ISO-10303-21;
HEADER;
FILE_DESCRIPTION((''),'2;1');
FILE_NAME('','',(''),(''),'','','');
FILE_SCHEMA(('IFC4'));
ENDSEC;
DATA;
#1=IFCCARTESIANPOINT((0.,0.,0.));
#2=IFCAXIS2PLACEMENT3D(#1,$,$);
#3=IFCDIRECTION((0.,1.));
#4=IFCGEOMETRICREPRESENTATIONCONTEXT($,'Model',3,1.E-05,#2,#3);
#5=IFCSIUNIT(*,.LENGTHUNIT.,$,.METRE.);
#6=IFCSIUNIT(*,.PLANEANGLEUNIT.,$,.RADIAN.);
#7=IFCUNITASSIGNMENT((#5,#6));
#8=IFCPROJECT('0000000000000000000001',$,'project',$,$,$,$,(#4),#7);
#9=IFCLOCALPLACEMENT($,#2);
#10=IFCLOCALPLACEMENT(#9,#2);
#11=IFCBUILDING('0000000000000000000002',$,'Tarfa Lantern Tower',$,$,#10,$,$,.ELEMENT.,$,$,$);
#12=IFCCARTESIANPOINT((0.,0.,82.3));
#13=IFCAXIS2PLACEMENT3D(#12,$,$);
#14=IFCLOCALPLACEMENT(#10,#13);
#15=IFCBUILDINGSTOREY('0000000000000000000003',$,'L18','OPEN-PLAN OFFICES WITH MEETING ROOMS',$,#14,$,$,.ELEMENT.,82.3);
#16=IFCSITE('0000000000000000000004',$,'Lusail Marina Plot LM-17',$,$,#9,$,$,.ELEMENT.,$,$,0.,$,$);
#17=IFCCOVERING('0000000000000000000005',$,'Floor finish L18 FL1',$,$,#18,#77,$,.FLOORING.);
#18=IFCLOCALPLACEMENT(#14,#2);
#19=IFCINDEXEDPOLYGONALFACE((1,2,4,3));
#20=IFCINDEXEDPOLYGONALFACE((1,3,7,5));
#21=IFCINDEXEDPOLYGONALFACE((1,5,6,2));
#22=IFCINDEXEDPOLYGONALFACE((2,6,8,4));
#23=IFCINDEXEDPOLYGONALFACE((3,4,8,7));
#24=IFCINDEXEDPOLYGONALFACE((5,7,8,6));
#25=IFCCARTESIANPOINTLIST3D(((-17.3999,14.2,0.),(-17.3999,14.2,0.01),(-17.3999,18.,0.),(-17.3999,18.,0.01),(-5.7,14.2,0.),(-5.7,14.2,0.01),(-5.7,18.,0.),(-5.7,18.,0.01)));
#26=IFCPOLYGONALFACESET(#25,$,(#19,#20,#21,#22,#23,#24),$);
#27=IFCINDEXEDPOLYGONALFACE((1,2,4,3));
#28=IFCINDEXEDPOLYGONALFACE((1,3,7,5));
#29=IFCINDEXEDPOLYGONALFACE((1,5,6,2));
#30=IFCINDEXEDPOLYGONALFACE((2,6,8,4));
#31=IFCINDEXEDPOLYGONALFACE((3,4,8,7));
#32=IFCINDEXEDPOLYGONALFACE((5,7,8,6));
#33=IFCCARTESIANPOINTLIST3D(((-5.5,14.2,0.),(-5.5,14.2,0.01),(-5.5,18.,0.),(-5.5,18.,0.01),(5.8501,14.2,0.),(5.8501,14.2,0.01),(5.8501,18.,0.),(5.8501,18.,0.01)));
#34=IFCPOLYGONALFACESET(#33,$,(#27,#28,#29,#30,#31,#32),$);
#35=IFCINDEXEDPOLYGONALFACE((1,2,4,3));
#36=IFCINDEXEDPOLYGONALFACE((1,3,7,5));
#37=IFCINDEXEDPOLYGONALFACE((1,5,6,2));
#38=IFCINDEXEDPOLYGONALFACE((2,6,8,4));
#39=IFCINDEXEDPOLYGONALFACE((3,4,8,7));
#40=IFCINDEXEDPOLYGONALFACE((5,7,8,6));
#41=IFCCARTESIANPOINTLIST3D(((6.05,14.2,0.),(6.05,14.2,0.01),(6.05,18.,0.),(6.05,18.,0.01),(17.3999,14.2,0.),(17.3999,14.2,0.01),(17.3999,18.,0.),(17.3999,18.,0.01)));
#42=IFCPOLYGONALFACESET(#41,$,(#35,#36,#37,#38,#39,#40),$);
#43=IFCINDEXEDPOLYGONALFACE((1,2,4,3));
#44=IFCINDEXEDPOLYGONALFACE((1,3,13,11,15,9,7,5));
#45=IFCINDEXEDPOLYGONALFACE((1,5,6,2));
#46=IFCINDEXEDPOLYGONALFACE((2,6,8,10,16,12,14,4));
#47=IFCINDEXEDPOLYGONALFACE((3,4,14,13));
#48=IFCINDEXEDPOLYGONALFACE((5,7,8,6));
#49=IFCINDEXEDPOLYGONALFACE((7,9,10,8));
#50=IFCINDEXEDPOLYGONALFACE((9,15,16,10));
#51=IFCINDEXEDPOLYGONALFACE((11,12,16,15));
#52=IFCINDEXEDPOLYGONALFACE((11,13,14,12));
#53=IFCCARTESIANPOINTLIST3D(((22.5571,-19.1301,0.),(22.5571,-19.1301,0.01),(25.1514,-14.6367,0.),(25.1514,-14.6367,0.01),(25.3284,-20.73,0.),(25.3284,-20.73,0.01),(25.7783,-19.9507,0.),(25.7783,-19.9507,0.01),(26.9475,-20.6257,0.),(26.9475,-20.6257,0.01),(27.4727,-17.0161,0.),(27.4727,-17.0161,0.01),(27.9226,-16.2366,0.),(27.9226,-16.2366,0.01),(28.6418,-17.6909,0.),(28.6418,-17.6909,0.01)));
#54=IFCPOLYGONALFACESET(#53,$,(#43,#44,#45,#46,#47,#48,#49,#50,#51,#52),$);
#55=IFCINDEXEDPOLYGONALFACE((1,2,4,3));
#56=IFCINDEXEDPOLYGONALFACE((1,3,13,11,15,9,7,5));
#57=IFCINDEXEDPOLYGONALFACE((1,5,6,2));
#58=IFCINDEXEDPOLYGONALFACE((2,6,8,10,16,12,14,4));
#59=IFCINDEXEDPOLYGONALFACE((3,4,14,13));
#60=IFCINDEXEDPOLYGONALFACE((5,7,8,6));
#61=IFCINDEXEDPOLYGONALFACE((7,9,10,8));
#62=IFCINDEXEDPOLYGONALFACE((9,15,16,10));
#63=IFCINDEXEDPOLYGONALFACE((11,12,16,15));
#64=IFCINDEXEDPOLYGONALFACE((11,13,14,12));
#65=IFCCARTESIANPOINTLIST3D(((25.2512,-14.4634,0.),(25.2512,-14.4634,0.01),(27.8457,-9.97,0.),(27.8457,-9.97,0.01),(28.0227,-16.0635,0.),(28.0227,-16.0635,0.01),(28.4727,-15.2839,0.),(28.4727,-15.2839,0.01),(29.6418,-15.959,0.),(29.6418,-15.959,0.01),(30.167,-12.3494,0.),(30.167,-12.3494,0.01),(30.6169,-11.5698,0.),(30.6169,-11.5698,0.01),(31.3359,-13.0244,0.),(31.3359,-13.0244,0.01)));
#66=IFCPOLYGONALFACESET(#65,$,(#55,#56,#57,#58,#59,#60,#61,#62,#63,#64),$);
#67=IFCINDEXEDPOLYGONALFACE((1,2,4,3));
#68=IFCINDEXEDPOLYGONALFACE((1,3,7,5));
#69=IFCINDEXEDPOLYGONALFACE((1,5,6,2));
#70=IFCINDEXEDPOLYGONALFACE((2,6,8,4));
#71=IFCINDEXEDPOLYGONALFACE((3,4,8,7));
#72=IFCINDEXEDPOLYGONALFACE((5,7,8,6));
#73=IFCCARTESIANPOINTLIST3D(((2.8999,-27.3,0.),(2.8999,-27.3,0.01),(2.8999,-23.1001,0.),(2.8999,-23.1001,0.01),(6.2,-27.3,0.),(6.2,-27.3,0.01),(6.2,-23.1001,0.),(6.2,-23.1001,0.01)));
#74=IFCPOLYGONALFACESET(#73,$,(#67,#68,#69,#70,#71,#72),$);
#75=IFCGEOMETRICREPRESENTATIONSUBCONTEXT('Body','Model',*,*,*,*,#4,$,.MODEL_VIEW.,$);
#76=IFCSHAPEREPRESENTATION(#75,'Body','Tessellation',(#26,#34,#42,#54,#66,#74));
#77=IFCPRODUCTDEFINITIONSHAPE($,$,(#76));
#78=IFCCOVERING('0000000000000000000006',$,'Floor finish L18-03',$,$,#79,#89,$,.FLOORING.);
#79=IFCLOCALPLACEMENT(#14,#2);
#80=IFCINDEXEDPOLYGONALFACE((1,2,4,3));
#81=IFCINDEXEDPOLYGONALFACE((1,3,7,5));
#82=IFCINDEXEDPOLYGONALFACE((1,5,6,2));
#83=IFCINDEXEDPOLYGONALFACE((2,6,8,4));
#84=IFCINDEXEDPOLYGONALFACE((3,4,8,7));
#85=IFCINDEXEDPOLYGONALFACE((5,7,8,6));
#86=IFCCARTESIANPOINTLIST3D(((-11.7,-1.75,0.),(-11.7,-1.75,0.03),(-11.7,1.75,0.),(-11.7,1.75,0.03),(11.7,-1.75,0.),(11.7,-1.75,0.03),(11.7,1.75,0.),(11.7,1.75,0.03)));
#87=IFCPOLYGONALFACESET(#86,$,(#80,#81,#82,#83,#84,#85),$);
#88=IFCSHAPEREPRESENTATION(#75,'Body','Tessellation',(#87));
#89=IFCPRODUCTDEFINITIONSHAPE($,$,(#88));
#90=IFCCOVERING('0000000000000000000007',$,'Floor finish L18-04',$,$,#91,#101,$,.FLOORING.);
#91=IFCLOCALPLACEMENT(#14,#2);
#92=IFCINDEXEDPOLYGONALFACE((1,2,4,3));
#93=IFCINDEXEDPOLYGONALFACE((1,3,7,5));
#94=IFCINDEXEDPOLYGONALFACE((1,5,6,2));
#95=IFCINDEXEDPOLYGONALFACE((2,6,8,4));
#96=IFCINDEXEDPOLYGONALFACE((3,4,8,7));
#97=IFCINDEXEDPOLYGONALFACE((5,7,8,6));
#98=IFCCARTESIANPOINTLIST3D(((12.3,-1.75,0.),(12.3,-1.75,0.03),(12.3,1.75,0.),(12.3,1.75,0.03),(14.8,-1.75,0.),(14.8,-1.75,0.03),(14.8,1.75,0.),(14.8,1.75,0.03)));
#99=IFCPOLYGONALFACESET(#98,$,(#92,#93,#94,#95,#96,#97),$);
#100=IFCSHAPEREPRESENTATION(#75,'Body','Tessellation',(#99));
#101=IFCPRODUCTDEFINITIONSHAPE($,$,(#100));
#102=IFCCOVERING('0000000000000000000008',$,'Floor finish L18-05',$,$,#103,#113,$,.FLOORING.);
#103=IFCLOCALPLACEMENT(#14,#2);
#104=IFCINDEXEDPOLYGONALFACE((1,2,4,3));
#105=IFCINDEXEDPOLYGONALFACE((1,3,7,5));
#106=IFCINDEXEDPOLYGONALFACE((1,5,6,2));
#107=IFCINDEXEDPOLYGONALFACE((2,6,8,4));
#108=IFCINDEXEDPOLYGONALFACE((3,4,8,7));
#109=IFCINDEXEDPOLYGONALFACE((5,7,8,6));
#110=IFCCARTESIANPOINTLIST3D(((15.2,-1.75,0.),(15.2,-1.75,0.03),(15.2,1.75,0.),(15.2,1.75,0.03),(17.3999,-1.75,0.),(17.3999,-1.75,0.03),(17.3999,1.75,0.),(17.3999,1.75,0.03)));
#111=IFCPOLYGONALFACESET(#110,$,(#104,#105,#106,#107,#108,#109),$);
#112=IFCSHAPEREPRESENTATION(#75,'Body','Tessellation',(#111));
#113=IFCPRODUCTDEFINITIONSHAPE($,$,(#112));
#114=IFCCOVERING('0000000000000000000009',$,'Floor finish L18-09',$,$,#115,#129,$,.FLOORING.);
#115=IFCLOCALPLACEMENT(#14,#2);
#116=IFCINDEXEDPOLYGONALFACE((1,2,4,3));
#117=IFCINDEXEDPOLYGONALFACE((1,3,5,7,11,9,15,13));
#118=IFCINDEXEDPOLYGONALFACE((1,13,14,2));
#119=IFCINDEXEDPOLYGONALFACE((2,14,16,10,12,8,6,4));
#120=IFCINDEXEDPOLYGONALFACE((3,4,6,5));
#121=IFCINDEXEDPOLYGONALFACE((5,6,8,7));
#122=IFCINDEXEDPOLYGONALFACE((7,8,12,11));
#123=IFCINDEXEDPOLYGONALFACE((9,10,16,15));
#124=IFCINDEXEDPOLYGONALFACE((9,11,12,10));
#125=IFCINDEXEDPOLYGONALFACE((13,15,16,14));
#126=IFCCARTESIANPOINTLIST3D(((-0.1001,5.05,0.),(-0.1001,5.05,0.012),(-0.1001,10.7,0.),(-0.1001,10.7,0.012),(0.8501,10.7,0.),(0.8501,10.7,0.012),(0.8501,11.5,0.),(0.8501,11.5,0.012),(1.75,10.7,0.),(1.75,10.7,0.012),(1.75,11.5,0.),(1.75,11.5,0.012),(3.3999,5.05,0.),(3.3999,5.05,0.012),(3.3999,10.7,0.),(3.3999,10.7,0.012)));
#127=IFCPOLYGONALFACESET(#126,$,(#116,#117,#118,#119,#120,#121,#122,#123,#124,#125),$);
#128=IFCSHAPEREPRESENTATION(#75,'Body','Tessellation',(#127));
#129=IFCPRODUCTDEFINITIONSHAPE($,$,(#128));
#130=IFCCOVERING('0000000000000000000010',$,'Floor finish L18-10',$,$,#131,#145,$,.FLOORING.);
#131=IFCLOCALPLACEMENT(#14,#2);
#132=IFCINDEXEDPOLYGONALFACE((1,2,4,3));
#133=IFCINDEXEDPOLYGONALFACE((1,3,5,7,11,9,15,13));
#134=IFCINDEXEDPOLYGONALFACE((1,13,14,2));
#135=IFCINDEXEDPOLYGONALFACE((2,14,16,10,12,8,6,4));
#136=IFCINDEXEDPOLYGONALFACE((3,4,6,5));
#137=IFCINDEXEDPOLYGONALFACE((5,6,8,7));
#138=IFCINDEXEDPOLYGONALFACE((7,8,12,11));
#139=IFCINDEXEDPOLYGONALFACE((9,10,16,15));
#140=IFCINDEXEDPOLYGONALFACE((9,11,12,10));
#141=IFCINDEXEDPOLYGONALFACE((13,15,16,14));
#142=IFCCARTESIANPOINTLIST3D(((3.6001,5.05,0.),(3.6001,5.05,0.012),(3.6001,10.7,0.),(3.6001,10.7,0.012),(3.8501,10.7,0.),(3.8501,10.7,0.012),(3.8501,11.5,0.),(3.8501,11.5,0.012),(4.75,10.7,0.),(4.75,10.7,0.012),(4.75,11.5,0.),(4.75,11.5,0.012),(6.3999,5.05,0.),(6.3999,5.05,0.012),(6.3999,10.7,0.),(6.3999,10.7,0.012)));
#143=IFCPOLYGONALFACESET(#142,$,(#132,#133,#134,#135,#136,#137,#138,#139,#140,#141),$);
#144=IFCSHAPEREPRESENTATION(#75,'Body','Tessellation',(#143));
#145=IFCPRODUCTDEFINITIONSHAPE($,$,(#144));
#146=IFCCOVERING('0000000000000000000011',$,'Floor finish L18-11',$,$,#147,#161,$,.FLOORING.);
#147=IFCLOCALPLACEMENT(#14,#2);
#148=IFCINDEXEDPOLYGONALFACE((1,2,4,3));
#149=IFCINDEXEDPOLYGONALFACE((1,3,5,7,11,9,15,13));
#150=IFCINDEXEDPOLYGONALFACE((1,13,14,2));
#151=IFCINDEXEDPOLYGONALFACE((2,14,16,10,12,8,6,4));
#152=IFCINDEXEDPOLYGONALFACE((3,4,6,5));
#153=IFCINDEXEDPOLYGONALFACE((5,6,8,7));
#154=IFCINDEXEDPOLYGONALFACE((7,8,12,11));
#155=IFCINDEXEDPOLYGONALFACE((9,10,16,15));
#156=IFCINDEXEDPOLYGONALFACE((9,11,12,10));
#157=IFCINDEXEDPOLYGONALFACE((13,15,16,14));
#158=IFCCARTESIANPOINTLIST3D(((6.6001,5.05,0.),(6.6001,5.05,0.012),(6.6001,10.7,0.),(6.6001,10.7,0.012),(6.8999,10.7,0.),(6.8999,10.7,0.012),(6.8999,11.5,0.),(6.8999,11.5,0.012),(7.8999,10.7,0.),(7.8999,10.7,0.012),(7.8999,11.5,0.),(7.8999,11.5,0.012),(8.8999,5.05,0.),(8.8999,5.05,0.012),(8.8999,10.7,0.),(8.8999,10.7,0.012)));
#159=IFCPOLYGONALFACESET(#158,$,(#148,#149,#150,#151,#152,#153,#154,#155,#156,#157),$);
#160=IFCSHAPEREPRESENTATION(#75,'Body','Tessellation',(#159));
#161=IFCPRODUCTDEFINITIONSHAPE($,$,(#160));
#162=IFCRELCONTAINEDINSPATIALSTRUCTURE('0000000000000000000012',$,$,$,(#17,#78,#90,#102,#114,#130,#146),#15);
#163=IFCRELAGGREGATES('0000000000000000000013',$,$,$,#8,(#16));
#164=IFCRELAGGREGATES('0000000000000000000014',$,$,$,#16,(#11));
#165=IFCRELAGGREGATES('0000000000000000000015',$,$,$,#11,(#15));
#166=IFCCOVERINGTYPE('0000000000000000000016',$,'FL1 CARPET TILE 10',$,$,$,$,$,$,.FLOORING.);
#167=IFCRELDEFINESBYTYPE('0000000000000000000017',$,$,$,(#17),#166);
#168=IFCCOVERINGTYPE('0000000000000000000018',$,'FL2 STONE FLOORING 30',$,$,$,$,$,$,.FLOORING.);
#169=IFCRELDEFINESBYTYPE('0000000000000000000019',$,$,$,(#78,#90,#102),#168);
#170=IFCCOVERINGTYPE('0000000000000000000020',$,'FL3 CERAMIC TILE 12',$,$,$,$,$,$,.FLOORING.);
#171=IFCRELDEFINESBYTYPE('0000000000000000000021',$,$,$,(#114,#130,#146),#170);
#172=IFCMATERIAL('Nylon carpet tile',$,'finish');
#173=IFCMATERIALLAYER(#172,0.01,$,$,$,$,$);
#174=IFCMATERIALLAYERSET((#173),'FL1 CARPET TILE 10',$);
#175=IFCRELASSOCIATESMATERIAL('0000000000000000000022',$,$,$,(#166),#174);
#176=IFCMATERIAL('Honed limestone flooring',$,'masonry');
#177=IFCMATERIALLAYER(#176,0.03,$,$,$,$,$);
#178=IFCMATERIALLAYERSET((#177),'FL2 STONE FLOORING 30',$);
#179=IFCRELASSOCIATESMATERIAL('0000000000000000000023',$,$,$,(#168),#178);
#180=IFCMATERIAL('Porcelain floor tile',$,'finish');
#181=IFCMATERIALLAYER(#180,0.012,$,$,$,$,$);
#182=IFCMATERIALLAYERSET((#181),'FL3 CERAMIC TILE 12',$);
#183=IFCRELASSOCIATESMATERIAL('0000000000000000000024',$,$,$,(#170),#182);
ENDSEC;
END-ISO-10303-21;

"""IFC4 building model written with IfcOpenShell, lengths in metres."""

from ifc_helpers import new_model, si_unit, direction, frame, origin, place, context, subcontext, project, spatial, polyline, outline, extrude, material, layer, layer_set, type_object, element, save


model = new_model("IFC4")

# Units and contexts
model_context = context("Model", 3, precision=1e-05, world=origin(), true_north=direction((0.0, 1.0)))
body_context = subcontext(model_context, "Body", "Model", "MODEL_VIEW")
ifc_project = project(units=[si_unit("LENGTHUNIT", "METRE"), si_unit("PLANEANGLEUNIT", "RADIAN")], contexts=[model_context])

# Site, building, storey
site_placement = place(None, origin())
site = spatial("IfcSite", under=ifc_project, at=site_placement, Name="Lusail Marina Plot LM-17", CompositionType="ELEMENT", RefElevation=0.0)
building_placement = place(site_placement, origin())
building = spatial("IfcBuilding", under=site, at=building_placement, Name="Tarfa Lantern Tower", CompositionType="ELEMENT")
storey_placement = place(building_placement, frame((0.0, 0.0, 82.3)))
storey = spatial("IfcBuildingStorey", under=building, at=storey_placement, Name="L18", Description="OPEN-PLAN OFFICES WITH MEETING ROOMS", CompositionType="ELEMENT", Elevation=82.3)

# Coverings
ifc_material_1 = material(Name="Nylon carpet tile", Category="finish")
ifc_layer_1 = layer(ifc_material_1, 0.01)
ifc_layer_set_1 = layer_set([ifc_layer_1], Name="FL1 CARPET TILE 10")
covering_type_1 = type_object("IfcCoveringType", Name="FL1 CARPET TILE 10", PredefinedType="FLOORING", material=ifc_layer_set_1)
covering_1_placement = place(storey_placement, origin())
element("IfcCovering", 1, at=covering_1_placement, inside=storey, type_object=covering_type_1, Name="Floor finish L18 FL1", PredefinedType="FLOORING", context=body_context, shape_type="SweptSolid", body=[
    extrude(outline(polyline([(-17.3999, 18.0), (-5.7, 18.0), (-5.7, 14.2), (-17.3999, 14.2), (-17.3999, 18.0)])), origin(), (0.0, 0.0, 1.0), 0.01),
    extrude(outline(polyline([(-5.5, 18.0), (5.8501, 18.0), (5.8501, 14.2), (-5.5, 14.2), (-5.5, 18.0)])), origin(), (0.0, 0.0, 1.0), 0.01),
    extrude(outline(polyline([(6.05, 18.0), (17.3999, 18.0), (17.3999, 14.2), (6.05, 14.2), (6.05, 18.0)])), origin(), (0.0, 0.0, 1.0), 0.01),
    extrude(outline(polyline([(25.1514, -14.6367), (27.9226, -16.2366), (27.4727, -17.0161), (28.6418, -17.6909), (26.9475, -20.6257), (25.7783, -19.9507), (25.3284, -20.73), (22.5571, -19.1301), (25.1514, -14.6367)])), origin(), (0.0, 0.0, 1.0), 0.01),
    extrude(outline(polyline([(27.8457, -9.97), (30.6169, -11.5698), (30.167, -12.3494), (31.3359, -13.0244), (29.6418, -15.959), (28.4727, -15.2839), (28.0227, -16.0635), (25.2512, -14.4634), (27.8457, -9.97)])), origin(), (0.0, 0.0, 1.0), 0.01),
    extrude(outline(polyline([(6.2, -27.3), (2.8999, -27.3), (2.8999, -23.1001), (6.2, -23.1001), (6.2, -27.3)])), origin(), (0.0, 0.0, 1.0), 0.01),
])
ifc_material_2 = material(Name="Honed limestone flooring", Category="masonry")
ifc_layer_2 = layer(ifc_material_2, 0.03)
ifc_layer_set_2 = layer_set([ifc_layer_2], Name="FL2 STONE FLOORING 30")
covering_type_2 = type_object("IfcCoveringType", Name="FL2 STONE FLOORING 30", PredefinedType="FLOORING", material=ifc_layer_set_2)
covering_2_placement = place(storey_placement, origin())
element("IfcCovering", 2, at=covering_2_placement, inside=storey, type_object=covering_type_2, Name="Floor finish L18-03", PredefinedType="FLOORING", context=body_context, shape_type="SweptSolid", body=[
    extrude(outline(polyline([(-11.7, -1.75), (11.7, -1.75), (11.7, 1.75), (-11.7, 1.75), (-11.7, -1.75)])), origin(), (0.0, 0.0, 1.0), 0.03),
])
covering_3_placement = place(storey_placement, origin())
element("IfcCovering", 3, at=covering_3_placement, inside=storey, type_object=covering_type_2, Name="Floor finish L18-04", PredefinedType="FLOORING", context=body_context, shape_type="SweptSolid", body=[
    extrude(outline(polyline([(12.3, -1.75), (14.8, -1.75), (14.8, 1.75), (12.3, 1.75), (12.3, -1.75)])), origin(), (0.0, 0.0, 1.0), 0.03),
])
covering_4_placement = place(storey_placement, origin())
element("IfcCovering", 4, at=covering_4_placement, inside=storey, type_object=covering_type_2, Name="Floor finish L18-05", PredefinedType="FLOORING", context=body_context, shape_type="SweptSolid", body=[
    extrude(outline(polyline([(15.2, -1.75), (17.3999, -1.75), (17.3999, 1.75), (15.2, 1.75), (15.2, -1.75)])), origin(), (0.0, 0.0, 1.0), 0.03),
])
ifc_material_3 = material(Name="Porcelain floor tile", Category="finish")
ifc_layer_3 = layer(ifc_material_3, 0.012)
ifc_layer_set_3 = layer_set([ifc_layer_3], Name="FL3 CERAMIC TILE 12")
covering_type_3 = type_object("IfcCoveringType", Name="FL3 CERAMIC TILE 12", PredefinedType="FLOORING", material=ifc_layer_set_3)
covering_5_placement = place(storey_placement, origin())
element("IfcCovering", 5, at=covering_5_placement, inside=storey, type_object=covering_type_3, Name="Floor finish L18-09", PredefinedType="FLOORING", context=body_context, shape_type="SweptSolid", body=[
    extrude(outline(polyline([(0.8501, 10.7), (-0.1001, 10.7), (-0.1001, 5.05), (3.3999, 5.05), (3.3999, 10.7), (1.75, 10.7), (1.75, 11.5), (0.8501, 11.5), (0.8501, 11.5), (0.8501, 10.7)])), origin(), (0.0, 0.0, 1.0), 0.012),
])
covering_6_placement = place(storey_placement, origin())
element("IfcCovering", 6, at=covering_6_placement, inside=storey, type_object=covering_type_3, Name="Floor finish L18-10", PredefinedType="FLOORING", context=body_context, shape_type="SweptSolid", body=[
    extrude(outline(polyline([(3.6001, 5.05), (6.3999, 5.05), (6.3999, 10.7), (4.75, 10.7), (4.75, 11.5), (3.8501, 11.5), (3.8501, 10.7), (3.6001, 10.7), (3.6001, 5.05)])), origin(), (0.0, 0.0, 1.0), 0.012),
])
covering_7_placement = place(storey_placement, origin())
element("IfcCovering", 7, at=covering_7_placement, inside=storey, type_object=covering_type_3, Name="Floor finish L18-11", PredefinedType="FLOORING", context=body_context, shape_type="SweptSolid", body=[
    extrude(outline(polyline([(6.6001, 5.05), (8.8999, 5.05), (8.8999, 10.7), (7.8999, 10.7), (7.8999, 11.5), (6.8999, 11.5), (6.8999, 10.7), (6.6001, 10.7), (6.6001, 5.05)])), origin(), (0.0, 0.0, 1.0), 0.012),
])

save(model, "model.ifc")
